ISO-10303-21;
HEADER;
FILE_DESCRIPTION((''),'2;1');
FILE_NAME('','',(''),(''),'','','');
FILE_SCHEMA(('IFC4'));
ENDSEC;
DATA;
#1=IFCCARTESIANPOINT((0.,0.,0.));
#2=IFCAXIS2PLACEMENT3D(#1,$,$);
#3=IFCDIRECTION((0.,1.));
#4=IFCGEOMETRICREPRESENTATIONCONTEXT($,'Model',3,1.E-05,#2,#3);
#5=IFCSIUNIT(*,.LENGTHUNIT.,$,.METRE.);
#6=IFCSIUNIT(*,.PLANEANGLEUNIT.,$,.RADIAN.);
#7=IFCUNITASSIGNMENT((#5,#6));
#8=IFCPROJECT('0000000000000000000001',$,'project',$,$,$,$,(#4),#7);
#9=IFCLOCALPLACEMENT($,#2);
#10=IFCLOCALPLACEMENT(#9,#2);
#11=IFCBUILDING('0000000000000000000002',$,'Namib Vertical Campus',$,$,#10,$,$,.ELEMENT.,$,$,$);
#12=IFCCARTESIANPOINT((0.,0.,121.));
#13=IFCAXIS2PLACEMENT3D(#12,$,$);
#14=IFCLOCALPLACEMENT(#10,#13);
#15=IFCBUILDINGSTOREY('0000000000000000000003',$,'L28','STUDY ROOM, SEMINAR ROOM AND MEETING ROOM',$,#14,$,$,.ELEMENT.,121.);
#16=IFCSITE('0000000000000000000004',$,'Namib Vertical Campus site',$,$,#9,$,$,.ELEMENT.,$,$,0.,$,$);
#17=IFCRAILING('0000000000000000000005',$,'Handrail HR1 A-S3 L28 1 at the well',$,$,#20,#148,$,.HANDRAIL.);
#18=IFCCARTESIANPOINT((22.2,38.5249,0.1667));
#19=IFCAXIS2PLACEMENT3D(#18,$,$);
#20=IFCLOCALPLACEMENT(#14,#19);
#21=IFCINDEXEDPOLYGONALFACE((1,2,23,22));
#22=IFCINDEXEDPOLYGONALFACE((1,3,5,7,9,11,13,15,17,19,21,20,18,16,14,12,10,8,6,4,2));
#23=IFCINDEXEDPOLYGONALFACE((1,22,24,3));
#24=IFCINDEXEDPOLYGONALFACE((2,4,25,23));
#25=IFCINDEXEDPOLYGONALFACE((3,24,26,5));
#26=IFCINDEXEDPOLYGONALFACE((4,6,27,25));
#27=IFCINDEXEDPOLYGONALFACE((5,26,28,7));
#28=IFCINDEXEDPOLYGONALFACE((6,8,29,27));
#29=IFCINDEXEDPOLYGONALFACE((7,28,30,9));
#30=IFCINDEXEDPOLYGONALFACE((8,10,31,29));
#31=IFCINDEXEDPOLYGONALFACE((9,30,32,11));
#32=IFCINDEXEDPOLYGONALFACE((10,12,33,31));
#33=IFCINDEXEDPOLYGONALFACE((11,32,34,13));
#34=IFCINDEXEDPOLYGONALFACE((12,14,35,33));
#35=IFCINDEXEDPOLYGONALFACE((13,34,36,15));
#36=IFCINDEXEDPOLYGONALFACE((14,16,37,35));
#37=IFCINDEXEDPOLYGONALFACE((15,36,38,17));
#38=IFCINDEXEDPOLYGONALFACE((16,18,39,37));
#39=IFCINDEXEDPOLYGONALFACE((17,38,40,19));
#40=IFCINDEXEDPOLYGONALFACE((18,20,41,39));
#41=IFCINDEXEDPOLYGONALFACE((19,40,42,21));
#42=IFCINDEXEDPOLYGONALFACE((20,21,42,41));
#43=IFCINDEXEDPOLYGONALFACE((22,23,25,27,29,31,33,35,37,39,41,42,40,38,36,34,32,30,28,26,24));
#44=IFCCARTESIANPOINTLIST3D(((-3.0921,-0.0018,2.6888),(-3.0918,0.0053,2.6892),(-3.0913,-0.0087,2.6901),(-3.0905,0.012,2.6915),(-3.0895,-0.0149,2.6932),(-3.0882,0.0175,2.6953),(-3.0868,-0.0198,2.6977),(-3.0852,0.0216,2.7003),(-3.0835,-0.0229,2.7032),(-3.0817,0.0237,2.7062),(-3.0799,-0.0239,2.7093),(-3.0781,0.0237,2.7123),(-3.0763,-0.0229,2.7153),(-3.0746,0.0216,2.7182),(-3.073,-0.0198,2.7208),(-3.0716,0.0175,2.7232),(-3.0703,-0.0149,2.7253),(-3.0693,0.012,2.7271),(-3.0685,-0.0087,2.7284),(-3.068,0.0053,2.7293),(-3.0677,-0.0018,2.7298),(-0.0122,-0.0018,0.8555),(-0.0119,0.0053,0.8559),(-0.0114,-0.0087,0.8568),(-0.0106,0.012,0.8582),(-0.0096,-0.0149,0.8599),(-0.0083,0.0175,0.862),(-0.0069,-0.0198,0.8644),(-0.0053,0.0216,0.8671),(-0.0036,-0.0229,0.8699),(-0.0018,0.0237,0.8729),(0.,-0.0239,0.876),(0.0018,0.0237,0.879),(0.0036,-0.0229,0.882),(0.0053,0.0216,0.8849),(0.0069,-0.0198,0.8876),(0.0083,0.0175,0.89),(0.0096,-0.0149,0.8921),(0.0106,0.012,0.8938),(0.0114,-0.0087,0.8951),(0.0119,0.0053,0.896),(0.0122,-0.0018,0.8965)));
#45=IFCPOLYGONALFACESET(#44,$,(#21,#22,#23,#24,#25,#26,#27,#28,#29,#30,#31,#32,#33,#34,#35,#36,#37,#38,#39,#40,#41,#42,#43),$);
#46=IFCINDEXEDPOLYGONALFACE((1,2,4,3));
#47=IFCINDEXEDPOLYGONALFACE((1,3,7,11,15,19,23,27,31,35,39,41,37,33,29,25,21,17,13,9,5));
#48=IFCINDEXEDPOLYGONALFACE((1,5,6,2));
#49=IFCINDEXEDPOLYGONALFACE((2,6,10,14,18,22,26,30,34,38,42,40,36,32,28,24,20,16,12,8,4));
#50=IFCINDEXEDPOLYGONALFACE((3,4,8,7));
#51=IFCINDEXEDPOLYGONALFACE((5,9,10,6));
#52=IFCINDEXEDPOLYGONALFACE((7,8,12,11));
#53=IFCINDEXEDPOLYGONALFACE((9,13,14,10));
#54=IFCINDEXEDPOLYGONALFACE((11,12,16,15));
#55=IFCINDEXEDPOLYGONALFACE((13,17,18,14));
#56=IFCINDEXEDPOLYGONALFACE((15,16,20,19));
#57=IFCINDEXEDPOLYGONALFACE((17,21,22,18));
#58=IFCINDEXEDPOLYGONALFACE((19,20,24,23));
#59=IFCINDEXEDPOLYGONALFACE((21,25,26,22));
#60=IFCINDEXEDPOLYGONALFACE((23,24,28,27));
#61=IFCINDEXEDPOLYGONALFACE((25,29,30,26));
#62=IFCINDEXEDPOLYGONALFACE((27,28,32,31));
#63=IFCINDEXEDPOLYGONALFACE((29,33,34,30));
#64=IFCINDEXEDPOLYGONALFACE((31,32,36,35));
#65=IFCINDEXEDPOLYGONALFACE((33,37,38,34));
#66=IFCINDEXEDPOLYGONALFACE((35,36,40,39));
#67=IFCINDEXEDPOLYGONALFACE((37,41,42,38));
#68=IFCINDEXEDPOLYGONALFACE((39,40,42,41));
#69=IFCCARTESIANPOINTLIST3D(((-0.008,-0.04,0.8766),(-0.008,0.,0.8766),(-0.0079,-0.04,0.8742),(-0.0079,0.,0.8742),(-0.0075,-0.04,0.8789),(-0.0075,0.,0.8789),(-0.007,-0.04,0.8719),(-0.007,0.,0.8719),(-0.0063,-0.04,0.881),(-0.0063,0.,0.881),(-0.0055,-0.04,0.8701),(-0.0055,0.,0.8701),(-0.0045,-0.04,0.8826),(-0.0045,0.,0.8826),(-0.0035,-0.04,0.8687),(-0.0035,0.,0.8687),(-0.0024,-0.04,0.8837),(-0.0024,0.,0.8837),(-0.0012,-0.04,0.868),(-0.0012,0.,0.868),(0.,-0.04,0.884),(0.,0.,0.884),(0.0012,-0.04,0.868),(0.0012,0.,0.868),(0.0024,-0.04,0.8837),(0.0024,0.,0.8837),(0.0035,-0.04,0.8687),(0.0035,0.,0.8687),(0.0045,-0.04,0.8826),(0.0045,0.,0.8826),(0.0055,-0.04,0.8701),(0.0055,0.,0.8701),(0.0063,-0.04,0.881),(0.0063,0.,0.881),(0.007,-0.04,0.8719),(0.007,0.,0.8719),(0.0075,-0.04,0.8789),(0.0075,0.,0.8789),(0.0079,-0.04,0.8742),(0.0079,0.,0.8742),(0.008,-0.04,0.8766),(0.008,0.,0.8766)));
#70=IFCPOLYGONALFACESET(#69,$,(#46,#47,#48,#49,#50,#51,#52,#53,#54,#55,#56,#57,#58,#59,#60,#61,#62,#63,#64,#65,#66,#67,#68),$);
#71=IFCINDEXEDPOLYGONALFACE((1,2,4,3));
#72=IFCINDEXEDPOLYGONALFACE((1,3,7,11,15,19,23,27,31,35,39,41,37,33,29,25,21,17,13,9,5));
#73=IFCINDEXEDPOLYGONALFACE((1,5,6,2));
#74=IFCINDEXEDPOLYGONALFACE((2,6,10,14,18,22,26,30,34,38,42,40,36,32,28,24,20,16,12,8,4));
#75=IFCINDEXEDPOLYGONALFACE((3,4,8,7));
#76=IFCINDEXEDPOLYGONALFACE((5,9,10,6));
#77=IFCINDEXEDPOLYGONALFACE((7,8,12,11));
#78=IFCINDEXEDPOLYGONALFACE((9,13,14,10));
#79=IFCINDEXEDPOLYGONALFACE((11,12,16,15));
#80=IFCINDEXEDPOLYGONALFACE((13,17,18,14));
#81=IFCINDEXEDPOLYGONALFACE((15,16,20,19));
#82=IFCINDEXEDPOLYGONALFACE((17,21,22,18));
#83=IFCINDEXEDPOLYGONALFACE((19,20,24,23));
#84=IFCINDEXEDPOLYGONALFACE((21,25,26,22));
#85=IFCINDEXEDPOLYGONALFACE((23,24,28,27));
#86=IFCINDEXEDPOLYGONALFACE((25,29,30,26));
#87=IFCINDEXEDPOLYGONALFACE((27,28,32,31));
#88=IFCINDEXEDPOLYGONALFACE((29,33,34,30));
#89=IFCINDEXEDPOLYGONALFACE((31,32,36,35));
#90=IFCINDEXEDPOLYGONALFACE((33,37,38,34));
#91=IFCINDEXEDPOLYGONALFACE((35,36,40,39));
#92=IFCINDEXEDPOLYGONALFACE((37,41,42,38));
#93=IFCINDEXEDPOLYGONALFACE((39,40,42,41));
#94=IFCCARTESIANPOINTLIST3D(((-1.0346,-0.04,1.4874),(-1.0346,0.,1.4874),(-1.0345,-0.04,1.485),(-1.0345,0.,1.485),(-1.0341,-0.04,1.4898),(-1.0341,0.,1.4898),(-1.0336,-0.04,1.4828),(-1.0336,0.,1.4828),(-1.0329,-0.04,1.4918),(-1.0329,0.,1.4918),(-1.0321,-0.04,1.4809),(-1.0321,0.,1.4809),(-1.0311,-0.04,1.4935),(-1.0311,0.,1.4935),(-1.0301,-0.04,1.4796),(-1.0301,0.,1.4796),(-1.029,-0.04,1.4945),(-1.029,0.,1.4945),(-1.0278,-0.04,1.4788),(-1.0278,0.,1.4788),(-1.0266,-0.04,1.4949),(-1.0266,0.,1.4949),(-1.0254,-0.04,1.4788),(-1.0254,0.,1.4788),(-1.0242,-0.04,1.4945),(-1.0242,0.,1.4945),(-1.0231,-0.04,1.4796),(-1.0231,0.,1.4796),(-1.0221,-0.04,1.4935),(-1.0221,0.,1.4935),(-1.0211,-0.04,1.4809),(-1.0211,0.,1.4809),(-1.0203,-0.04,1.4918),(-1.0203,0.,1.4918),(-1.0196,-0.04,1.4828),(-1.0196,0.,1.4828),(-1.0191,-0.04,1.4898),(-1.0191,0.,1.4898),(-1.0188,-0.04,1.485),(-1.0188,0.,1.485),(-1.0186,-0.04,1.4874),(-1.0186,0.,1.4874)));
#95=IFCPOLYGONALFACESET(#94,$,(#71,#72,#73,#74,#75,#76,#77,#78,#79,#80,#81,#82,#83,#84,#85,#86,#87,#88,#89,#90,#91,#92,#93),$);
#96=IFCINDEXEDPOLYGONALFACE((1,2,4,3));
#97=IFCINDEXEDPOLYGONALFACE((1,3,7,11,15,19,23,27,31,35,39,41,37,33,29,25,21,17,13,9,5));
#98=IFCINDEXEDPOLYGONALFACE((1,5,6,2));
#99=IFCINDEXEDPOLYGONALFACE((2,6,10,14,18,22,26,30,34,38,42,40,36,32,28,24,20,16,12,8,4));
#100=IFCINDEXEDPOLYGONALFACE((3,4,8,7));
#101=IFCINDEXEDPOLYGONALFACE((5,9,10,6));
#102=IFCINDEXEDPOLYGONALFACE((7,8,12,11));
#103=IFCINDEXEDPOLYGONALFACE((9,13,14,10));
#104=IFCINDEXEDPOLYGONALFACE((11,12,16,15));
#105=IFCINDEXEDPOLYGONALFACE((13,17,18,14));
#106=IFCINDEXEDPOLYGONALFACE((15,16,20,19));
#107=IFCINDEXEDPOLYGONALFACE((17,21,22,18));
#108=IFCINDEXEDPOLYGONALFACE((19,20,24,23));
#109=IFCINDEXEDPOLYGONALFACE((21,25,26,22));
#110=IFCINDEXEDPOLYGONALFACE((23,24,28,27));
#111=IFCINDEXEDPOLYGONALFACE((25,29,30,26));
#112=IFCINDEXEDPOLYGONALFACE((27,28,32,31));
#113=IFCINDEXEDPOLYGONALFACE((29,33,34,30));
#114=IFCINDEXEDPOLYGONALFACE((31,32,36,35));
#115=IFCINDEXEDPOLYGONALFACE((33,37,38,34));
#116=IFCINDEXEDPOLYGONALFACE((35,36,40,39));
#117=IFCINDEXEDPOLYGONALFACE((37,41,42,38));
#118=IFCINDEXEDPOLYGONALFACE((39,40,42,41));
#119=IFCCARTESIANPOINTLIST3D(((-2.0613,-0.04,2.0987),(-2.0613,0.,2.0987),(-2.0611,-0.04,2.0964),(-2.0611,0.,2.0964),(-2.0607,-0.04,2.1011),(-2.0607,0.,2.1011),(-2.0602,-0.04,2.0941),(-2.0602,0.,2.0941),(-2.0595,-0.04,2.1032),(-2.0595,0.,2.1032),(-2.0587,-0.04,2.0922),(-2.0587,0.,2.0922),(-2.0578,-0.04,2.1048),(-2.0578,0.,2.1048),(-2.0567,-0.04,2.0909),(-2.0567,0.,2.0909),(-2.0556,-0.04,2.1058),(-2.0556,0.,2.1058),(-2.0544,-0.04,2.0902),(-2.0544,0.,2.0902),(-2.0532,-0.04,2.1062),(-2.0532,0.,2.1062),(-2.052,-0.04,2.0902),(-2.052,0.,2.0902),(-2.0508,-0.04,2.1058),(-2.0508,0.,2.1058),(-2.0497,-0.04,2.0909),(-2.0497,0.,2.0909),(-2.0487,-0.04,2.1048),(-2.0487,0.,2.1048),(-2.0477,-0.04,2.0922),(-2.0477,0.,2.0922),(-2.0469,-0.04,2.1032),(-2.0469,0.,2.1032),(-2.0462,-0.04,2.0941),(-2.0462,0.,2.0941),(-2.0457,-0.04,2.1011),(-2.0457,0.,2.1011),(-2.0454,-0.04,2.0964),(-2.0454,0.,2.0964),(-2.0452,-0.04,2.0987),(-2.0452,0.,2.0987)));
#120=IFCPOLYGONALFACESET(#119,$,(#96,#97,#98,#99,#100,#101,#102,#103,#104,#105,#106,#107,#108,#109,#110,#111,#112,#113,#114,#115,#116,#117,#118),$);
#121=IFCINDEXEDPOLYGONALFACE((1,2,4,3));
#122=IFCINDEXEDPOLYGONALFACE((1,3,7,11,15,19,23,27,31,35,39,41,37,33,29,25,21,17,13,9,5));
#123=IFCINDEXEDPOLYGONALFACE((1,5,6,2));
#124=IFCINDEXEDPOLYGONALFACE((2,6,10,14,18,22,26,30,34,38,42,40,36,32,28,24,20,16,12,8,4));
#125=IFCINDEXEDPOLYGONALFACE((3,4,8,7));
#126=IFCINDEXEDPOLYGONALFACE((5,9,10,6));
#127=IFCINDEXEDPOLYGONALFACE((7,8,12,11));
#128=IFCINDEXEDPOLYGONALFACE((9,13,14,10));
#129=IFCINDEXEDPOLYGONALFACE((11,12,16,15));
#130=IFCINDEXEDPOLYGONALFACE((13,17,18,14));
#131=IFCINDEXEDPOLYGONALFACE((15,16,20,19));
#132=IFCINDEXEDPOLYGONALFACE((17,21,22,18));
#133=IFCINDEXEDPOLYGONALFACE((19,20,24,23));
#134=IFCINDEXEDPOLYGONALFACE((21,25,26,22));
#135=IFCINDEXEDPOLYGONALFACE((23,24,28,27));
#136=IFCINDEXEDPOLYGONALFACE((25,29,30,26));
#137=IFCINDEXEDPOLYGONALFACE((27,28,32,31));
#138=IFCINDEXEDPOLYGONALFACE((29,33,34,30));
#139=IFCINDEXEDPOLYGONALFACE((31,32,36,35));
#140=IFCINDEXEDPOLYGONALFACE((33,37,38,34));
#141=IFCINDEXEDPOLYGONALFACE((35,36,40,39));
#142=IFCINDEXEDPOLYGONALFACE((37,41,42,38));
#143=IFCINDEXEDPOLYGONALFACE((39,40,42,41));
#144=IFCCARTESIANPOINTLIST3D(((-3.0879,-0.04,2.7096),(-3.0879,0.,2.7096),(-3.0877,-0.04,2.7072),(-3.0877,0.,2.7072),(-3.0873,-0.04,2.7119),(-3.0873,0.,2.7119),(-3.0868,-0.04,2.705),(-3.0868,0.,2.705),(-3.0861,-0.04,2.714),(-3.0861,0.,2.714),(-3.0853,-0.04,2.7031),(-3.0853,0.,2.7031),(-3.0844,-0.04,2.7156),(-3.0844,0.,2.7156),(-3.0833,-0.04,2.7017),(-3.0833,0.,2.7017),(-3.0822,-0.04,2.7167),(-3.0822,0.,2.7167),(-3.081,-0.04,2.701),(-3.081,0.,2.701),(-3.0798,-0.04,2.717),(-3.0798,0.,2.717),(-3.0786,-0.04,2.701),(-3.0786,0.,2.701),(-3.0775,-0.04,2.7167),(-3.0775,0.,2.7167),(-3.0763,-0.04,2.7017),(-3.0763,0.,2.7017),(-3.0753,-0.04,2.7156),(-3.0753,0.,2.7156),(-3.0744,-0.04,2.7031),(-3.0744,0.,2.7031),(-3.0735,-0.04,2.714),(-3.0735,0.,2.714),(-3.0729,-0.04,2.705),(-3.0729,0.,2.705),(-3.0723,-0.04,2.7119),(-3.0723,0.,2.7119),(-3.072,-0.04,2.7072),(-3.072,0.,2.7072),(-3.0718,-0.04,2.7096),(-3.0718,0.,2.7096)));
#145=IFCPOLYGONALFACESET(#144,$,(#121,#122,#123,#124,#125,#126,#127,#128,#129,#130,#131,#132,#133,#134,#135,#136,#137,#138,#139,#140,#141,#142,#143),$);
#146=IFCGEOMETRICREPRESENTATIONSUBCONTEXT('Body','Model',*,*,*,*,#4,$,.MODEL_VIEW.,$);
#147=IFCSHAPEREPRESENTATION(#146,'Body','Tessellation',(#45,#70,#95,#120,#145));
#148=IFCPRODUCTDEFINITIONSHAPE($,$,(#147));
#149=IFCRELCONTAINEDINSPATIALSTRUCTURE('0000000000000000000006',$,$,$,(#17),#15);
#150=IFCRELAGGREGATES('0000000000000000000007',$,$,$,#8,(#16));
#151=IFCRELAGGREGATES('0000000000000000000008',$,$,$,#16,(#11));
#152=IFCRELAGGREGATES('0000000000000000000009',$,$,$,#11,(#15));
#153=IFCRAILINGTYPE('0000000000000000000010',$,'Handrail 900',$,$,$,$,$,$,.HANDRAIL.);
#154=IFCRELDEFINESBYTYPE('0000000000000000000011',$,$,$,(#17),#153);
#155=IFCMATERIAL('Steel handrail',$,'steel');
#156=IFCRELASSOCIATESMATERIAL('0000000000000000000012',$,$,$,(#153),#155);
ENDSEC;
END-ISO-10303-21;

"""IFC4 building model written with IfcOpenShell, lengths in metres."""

from ifc_helpers import new_model, si_unit, direction, frame, origin, origin_2d, place, context, subcontext, project, spatial, circle, extrude, material, type_object, element, save


model = new_model("IFC4")

# Units and contexts
model_context = context("Model", 3, precision=1e-05, world=origin(), true_north=direction((0.0, 1.0)))
body_context = subcontext(model_context, "Body", "Model", "MODEL_VIEW")
ifc_project = project(units=[si_unit("LENGTHUNIT", "METRE"), si_unit("PLANEANGLEUNIT", "RADIAN")], contexts=[model_context])

# Site, building, storey
site_placement = place(None, origin())
site = spatial("IfcSite", under=ifc_project, at=site_placement, Name="Namib Vertical Campus site", CompositionType="ELEMENT", RefElevation=0.0)
building_placement = place(site_placement, origin())
building = spatial("IfcBuilding", under=site, at=building_placement, Name="Namib Vertical Campus", CompositionType="ELEMENT")
storey_placement = place(building_placement, frame((0.0, 0.0, 121.0)))
storey = spatial("IfcBuildingStorey", under=building, at=storey_placement, Name="L28", Description="STUDY ROOM, SEMINAR ROOM AND MEETING ROOM", CompositionType="ELEMENT", Elevation=121.0)

# Railing
ifc_material_1 = material(Name="Steel handrail", Category="steel")
railing_type_1 = type_object("IfcRailingType", Name="Handrail 900", PredefinedType="HANDRAIL", material=ifc_material_1)
railing_1_placement = place(storey_placement, frame((22.2, 38.5249, 0.1667)))
element("IfcRailing", 1, at=railing_1_placement, inside=storey, type_object=railing_type_1, Name="Handrail HR1 A-S3 L28 1 at the well", PredefinedType="HANDRAIL", context=body_context, shape_type="SweptSolid", body=[
    extrude(circle(Radius=0.0239, at=origin_2d()), frame((0.0, 0.0, 0.876), z_axis=(-0.859291, 0.0, 0.511487), x_axis=(0.0, -1.0, 0.0)), (0.0, 0.0, 1.0), 3.5842),
    extrude(circle(Radius=0.0081, at=origin_2d()), frame((0.0, 0.0, 0.876), z_axis=(0.0, -1.0, 0.0), x_axis=(0.0, 0.0, 1.0)), (0.0, 0.0, 1.0), 0.04),
    extrude(circle(Radius=0.0081, at=origin_2d()), frame((-1.0266, 0.0, 1.4868), z_axis=(0.0, -1.0, 0.0), x_axis=(0.0, 0.0, 1.0)), (0.0, 0.0, 1.0), 0.04),
    extrude(circle(Radius=0.0081, at=origin_2d()), frame((-2.0532, 0.0, 2.0981), z_axis=(0.0, -1.0, 0.0), x_axis=(0.0, 0.0, 1.0)), (0.0, 0.0, 1.0), 0.04),
    extrude(circle(Radius=0.0081, at=origin_2d()), frame((-3.0798, 0.0, 2.709), z_axis=(0.0, -1.0, 0.0), x_axis=(0.0, 0.0, 1.0)), (0.0, 0.0, 1.0), 0.04),
])

save(model, "model.ifc")
